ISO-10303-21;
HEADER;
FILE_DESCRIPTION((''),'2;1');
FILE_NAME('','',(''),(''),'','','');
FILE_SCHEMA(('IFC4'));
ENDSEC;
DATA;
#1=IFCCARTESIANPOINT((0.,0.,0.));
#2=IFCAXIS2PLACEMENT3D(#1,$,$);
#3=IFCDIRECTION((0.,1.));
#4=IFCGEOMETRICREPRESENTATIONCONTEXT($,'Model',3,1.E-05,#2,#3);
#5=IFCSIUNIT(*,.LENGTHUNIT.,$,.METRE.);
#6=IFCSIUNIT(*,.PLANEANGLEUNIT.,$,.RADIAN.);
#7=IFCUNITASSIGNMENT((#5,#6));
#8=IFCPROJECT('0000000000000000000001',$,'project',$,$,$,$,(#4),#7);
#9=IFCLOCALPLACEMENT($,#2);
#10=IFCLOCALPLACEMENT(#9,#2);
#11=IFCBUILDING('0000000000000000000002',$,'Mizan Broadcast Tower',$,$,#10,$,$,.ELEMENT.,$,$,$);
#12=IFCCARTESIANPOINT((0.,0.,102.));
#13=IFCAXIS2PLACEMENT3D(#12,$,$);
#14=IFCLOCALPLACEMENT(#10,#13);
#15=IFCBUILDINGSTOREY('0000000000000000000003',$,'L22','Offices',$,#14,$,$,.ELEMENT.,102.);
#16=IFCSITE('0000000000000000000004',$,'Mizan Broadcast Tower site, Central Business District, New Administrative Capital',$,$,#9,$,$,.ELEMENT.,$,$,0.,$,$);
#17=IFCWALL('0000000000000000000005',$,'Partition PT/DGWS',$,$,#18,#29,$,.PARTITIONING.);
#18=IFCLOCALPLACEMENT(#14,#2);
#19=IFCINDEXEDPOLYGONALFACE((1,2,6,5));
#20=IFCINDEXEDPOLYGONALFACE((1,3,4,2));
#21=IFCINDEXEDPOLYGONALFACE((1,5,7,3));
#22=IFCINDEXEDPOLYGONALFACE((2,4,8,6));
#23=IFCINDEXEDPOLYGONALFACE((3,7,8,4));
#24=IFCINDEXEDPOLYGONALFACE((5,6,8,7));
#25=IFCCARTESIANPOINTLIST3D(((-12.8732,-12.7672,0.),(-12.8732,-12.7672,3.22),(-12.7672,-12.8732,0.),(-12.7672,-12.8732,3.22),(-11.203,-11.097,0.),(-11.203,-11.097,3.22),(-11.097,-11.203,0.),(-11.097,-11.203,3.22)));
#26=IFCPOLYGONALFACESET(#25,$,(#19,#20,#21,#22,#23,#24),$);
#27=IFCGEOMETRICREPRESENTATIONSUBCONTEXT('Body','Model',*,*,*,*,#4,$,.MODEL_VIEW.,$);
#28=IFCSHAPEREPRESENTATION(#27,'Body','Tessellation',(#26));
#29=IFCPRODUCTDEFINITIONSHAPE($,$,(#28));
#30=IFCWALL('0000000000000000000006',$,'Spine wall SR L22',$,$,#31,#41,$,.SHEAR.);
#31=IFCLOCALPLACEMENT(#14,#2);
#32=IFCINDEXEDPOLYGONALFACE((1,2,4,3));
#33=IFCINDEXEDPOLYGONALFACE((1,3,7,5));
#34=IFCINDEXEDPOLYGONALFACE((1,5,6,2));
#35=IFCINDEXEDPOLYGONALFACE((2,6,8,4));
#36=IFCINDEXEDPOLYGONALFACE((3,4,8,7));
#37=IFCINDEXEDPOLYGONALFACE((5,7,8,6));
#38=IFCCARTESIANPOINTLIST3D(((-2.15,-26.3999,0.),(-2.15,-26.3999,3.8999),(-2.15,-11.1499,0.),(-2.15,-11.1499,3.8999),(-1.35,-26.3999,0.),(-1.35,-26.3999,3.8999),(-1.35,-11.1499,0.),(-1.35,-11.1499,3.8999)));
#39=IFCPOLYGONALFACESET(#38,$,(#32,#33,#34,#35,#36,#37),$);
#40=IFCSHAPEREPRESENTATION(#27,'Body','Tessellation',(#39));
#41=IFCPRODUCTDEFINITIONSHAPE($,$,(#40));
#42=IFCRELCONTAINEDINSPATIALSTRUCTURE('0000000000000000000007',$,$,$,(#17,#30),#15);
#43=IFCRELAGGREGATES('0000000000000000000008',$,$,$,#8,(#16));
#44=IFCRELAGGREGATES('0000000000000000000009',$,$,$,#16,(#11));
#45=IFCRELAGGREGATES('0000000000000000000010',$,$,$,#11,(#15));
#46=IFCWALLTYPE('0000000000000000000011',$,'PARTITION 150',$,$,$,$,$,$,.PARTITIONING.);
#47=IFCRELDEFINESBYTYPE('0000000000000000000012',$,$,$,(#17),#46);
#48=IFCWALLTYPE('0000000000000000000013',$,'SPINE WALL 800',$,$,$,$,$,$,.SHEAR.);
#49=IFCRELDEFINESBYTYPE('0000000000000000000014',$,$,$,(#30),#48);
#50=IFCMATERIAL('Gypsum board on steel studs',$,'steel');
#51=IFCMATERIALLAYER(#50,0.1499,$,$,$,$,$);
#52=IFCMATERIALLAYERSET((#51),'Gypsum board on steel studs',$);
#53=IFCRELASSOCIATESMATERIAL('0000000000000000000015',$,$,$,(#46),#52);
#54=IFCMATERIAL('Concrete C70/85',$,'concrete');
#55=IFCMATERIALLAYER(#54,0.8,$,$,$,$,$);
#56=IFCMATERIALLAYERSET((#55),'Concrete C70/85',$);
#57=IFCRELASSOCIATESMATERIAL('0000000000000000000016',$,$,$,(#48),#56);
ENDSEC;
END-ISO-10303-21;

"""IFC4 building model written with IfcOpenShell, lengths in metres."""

from ifc_helpers import new_model, si_unit, direction, frame, frame_2d, origin, place, context, subcontext, project, spatial, rectangle, extrude, material, layer, layer_set, type_object, element, save


model = new_model("IFC4")

# Units and contexts
model_context = context("Model", 3, precision=1e-05, world=origin(), true_north=direction((0.0, 1.0)))
body_context = subcontext(model_context, "Body", "Model", "MODEL_VIEW")
ifc_project = project(units=[si_unit("LENGTHUNIT", "METRE"), si_unit("PLANEANGLEUNIT", "RADIAN")], contexts=[model_context])

# Site, building, storey
site_placement = place(None, origin())
site = spatial("IfcSite", under=ifc_project, at=site_placement, Name="Mizan Broadcast Tower site, Central Business District, New Administrative Capital", CompositionType="ELEMENT", RefElevation=0.0)
building_placement = place(site_placement, origin())
building = spatial("IfcBuilding", under=site, at=building_placement, Name="Mizan Broadcast Tower", CompositionType="ELEMENT")
storey_placement = place(building_placement, frame((0.0, 0.0, 102.0)))
storey = spatial("IfcBuildingStorey", under=building, at=storey_placement, Name="L22", Description="Offices", CompositionType="ELEMENT", Elevation=102.0)

# Walls
ifc_material_1 = material(Name="Gypsum board on steel studs", Category="steel")
ifc_layer_1 = layer(ifc_material_1, 0.1499)
ifc_layer_set_1 = layer_set([ifc_layer_1], Name="Gypsum board on steel studs")
wall_type_1 = type_object("IfcWallType", Name="PARTITION 150", PredefinedType="PARTITIONING", material=ifc_layer_set_1)
wall_1_placement = place(storey_placement, frame((-11.1499, -11.1499, 0.0), z_axis=(0.0, 0.0, 1.0), x_axis=(-0.707107, -0.707107, 0.0)))
element("IfcWall", 1, at=wall_1_placement, inside=storey, type_object=wall_type_1, Name="Partition PT/DGWS", PredefinedType="PARTITIONING", context=body_context, shape_type="SweptSolid", body=[
    extrude(rectangle(XDim=2.3621, YDim=0.1499, at=frame_2d((1.1812, 0.0))), origin(), (0.0, 0.0, 1.0), 3.22),
])
ifc_material_2 = material(Name="Concrete C70/85", Category="concrete")
ifc_layer_2 = layer(ifc_material_2, 0.8)
ifc_layer_set_2 = layer_set([ifc_layer_2], Name="Concrete C70/85")
wall_type_2 = type_object("IfcWallType", Name="SPINE WALL 800", PredefinedType="SHEAR", material=ifc_layer_set_2)
wall_2_placement = place(storey_placement, frame((-1.75, -11.1499, 0.0), z_axis=(0.0, 0.0, 1.0), x_axis=(0.0, -1.0, 0.0)))
element("IfcWall", 2, at=wall_2_placement, inside=storey, type_object=wall_type_2, Name="Spine wall SR L22", PredefinedType="SHEAR", context=body_context, shape_type="SweptSolid", body=[
    extrude(rectangle(XDim=15.25, YDim=0.8, at=frame_2d((7.625, 0.0))), origin(), (0.0, 0.0, 1.0), 3.8999),
])

save(model, "model.ifc")
